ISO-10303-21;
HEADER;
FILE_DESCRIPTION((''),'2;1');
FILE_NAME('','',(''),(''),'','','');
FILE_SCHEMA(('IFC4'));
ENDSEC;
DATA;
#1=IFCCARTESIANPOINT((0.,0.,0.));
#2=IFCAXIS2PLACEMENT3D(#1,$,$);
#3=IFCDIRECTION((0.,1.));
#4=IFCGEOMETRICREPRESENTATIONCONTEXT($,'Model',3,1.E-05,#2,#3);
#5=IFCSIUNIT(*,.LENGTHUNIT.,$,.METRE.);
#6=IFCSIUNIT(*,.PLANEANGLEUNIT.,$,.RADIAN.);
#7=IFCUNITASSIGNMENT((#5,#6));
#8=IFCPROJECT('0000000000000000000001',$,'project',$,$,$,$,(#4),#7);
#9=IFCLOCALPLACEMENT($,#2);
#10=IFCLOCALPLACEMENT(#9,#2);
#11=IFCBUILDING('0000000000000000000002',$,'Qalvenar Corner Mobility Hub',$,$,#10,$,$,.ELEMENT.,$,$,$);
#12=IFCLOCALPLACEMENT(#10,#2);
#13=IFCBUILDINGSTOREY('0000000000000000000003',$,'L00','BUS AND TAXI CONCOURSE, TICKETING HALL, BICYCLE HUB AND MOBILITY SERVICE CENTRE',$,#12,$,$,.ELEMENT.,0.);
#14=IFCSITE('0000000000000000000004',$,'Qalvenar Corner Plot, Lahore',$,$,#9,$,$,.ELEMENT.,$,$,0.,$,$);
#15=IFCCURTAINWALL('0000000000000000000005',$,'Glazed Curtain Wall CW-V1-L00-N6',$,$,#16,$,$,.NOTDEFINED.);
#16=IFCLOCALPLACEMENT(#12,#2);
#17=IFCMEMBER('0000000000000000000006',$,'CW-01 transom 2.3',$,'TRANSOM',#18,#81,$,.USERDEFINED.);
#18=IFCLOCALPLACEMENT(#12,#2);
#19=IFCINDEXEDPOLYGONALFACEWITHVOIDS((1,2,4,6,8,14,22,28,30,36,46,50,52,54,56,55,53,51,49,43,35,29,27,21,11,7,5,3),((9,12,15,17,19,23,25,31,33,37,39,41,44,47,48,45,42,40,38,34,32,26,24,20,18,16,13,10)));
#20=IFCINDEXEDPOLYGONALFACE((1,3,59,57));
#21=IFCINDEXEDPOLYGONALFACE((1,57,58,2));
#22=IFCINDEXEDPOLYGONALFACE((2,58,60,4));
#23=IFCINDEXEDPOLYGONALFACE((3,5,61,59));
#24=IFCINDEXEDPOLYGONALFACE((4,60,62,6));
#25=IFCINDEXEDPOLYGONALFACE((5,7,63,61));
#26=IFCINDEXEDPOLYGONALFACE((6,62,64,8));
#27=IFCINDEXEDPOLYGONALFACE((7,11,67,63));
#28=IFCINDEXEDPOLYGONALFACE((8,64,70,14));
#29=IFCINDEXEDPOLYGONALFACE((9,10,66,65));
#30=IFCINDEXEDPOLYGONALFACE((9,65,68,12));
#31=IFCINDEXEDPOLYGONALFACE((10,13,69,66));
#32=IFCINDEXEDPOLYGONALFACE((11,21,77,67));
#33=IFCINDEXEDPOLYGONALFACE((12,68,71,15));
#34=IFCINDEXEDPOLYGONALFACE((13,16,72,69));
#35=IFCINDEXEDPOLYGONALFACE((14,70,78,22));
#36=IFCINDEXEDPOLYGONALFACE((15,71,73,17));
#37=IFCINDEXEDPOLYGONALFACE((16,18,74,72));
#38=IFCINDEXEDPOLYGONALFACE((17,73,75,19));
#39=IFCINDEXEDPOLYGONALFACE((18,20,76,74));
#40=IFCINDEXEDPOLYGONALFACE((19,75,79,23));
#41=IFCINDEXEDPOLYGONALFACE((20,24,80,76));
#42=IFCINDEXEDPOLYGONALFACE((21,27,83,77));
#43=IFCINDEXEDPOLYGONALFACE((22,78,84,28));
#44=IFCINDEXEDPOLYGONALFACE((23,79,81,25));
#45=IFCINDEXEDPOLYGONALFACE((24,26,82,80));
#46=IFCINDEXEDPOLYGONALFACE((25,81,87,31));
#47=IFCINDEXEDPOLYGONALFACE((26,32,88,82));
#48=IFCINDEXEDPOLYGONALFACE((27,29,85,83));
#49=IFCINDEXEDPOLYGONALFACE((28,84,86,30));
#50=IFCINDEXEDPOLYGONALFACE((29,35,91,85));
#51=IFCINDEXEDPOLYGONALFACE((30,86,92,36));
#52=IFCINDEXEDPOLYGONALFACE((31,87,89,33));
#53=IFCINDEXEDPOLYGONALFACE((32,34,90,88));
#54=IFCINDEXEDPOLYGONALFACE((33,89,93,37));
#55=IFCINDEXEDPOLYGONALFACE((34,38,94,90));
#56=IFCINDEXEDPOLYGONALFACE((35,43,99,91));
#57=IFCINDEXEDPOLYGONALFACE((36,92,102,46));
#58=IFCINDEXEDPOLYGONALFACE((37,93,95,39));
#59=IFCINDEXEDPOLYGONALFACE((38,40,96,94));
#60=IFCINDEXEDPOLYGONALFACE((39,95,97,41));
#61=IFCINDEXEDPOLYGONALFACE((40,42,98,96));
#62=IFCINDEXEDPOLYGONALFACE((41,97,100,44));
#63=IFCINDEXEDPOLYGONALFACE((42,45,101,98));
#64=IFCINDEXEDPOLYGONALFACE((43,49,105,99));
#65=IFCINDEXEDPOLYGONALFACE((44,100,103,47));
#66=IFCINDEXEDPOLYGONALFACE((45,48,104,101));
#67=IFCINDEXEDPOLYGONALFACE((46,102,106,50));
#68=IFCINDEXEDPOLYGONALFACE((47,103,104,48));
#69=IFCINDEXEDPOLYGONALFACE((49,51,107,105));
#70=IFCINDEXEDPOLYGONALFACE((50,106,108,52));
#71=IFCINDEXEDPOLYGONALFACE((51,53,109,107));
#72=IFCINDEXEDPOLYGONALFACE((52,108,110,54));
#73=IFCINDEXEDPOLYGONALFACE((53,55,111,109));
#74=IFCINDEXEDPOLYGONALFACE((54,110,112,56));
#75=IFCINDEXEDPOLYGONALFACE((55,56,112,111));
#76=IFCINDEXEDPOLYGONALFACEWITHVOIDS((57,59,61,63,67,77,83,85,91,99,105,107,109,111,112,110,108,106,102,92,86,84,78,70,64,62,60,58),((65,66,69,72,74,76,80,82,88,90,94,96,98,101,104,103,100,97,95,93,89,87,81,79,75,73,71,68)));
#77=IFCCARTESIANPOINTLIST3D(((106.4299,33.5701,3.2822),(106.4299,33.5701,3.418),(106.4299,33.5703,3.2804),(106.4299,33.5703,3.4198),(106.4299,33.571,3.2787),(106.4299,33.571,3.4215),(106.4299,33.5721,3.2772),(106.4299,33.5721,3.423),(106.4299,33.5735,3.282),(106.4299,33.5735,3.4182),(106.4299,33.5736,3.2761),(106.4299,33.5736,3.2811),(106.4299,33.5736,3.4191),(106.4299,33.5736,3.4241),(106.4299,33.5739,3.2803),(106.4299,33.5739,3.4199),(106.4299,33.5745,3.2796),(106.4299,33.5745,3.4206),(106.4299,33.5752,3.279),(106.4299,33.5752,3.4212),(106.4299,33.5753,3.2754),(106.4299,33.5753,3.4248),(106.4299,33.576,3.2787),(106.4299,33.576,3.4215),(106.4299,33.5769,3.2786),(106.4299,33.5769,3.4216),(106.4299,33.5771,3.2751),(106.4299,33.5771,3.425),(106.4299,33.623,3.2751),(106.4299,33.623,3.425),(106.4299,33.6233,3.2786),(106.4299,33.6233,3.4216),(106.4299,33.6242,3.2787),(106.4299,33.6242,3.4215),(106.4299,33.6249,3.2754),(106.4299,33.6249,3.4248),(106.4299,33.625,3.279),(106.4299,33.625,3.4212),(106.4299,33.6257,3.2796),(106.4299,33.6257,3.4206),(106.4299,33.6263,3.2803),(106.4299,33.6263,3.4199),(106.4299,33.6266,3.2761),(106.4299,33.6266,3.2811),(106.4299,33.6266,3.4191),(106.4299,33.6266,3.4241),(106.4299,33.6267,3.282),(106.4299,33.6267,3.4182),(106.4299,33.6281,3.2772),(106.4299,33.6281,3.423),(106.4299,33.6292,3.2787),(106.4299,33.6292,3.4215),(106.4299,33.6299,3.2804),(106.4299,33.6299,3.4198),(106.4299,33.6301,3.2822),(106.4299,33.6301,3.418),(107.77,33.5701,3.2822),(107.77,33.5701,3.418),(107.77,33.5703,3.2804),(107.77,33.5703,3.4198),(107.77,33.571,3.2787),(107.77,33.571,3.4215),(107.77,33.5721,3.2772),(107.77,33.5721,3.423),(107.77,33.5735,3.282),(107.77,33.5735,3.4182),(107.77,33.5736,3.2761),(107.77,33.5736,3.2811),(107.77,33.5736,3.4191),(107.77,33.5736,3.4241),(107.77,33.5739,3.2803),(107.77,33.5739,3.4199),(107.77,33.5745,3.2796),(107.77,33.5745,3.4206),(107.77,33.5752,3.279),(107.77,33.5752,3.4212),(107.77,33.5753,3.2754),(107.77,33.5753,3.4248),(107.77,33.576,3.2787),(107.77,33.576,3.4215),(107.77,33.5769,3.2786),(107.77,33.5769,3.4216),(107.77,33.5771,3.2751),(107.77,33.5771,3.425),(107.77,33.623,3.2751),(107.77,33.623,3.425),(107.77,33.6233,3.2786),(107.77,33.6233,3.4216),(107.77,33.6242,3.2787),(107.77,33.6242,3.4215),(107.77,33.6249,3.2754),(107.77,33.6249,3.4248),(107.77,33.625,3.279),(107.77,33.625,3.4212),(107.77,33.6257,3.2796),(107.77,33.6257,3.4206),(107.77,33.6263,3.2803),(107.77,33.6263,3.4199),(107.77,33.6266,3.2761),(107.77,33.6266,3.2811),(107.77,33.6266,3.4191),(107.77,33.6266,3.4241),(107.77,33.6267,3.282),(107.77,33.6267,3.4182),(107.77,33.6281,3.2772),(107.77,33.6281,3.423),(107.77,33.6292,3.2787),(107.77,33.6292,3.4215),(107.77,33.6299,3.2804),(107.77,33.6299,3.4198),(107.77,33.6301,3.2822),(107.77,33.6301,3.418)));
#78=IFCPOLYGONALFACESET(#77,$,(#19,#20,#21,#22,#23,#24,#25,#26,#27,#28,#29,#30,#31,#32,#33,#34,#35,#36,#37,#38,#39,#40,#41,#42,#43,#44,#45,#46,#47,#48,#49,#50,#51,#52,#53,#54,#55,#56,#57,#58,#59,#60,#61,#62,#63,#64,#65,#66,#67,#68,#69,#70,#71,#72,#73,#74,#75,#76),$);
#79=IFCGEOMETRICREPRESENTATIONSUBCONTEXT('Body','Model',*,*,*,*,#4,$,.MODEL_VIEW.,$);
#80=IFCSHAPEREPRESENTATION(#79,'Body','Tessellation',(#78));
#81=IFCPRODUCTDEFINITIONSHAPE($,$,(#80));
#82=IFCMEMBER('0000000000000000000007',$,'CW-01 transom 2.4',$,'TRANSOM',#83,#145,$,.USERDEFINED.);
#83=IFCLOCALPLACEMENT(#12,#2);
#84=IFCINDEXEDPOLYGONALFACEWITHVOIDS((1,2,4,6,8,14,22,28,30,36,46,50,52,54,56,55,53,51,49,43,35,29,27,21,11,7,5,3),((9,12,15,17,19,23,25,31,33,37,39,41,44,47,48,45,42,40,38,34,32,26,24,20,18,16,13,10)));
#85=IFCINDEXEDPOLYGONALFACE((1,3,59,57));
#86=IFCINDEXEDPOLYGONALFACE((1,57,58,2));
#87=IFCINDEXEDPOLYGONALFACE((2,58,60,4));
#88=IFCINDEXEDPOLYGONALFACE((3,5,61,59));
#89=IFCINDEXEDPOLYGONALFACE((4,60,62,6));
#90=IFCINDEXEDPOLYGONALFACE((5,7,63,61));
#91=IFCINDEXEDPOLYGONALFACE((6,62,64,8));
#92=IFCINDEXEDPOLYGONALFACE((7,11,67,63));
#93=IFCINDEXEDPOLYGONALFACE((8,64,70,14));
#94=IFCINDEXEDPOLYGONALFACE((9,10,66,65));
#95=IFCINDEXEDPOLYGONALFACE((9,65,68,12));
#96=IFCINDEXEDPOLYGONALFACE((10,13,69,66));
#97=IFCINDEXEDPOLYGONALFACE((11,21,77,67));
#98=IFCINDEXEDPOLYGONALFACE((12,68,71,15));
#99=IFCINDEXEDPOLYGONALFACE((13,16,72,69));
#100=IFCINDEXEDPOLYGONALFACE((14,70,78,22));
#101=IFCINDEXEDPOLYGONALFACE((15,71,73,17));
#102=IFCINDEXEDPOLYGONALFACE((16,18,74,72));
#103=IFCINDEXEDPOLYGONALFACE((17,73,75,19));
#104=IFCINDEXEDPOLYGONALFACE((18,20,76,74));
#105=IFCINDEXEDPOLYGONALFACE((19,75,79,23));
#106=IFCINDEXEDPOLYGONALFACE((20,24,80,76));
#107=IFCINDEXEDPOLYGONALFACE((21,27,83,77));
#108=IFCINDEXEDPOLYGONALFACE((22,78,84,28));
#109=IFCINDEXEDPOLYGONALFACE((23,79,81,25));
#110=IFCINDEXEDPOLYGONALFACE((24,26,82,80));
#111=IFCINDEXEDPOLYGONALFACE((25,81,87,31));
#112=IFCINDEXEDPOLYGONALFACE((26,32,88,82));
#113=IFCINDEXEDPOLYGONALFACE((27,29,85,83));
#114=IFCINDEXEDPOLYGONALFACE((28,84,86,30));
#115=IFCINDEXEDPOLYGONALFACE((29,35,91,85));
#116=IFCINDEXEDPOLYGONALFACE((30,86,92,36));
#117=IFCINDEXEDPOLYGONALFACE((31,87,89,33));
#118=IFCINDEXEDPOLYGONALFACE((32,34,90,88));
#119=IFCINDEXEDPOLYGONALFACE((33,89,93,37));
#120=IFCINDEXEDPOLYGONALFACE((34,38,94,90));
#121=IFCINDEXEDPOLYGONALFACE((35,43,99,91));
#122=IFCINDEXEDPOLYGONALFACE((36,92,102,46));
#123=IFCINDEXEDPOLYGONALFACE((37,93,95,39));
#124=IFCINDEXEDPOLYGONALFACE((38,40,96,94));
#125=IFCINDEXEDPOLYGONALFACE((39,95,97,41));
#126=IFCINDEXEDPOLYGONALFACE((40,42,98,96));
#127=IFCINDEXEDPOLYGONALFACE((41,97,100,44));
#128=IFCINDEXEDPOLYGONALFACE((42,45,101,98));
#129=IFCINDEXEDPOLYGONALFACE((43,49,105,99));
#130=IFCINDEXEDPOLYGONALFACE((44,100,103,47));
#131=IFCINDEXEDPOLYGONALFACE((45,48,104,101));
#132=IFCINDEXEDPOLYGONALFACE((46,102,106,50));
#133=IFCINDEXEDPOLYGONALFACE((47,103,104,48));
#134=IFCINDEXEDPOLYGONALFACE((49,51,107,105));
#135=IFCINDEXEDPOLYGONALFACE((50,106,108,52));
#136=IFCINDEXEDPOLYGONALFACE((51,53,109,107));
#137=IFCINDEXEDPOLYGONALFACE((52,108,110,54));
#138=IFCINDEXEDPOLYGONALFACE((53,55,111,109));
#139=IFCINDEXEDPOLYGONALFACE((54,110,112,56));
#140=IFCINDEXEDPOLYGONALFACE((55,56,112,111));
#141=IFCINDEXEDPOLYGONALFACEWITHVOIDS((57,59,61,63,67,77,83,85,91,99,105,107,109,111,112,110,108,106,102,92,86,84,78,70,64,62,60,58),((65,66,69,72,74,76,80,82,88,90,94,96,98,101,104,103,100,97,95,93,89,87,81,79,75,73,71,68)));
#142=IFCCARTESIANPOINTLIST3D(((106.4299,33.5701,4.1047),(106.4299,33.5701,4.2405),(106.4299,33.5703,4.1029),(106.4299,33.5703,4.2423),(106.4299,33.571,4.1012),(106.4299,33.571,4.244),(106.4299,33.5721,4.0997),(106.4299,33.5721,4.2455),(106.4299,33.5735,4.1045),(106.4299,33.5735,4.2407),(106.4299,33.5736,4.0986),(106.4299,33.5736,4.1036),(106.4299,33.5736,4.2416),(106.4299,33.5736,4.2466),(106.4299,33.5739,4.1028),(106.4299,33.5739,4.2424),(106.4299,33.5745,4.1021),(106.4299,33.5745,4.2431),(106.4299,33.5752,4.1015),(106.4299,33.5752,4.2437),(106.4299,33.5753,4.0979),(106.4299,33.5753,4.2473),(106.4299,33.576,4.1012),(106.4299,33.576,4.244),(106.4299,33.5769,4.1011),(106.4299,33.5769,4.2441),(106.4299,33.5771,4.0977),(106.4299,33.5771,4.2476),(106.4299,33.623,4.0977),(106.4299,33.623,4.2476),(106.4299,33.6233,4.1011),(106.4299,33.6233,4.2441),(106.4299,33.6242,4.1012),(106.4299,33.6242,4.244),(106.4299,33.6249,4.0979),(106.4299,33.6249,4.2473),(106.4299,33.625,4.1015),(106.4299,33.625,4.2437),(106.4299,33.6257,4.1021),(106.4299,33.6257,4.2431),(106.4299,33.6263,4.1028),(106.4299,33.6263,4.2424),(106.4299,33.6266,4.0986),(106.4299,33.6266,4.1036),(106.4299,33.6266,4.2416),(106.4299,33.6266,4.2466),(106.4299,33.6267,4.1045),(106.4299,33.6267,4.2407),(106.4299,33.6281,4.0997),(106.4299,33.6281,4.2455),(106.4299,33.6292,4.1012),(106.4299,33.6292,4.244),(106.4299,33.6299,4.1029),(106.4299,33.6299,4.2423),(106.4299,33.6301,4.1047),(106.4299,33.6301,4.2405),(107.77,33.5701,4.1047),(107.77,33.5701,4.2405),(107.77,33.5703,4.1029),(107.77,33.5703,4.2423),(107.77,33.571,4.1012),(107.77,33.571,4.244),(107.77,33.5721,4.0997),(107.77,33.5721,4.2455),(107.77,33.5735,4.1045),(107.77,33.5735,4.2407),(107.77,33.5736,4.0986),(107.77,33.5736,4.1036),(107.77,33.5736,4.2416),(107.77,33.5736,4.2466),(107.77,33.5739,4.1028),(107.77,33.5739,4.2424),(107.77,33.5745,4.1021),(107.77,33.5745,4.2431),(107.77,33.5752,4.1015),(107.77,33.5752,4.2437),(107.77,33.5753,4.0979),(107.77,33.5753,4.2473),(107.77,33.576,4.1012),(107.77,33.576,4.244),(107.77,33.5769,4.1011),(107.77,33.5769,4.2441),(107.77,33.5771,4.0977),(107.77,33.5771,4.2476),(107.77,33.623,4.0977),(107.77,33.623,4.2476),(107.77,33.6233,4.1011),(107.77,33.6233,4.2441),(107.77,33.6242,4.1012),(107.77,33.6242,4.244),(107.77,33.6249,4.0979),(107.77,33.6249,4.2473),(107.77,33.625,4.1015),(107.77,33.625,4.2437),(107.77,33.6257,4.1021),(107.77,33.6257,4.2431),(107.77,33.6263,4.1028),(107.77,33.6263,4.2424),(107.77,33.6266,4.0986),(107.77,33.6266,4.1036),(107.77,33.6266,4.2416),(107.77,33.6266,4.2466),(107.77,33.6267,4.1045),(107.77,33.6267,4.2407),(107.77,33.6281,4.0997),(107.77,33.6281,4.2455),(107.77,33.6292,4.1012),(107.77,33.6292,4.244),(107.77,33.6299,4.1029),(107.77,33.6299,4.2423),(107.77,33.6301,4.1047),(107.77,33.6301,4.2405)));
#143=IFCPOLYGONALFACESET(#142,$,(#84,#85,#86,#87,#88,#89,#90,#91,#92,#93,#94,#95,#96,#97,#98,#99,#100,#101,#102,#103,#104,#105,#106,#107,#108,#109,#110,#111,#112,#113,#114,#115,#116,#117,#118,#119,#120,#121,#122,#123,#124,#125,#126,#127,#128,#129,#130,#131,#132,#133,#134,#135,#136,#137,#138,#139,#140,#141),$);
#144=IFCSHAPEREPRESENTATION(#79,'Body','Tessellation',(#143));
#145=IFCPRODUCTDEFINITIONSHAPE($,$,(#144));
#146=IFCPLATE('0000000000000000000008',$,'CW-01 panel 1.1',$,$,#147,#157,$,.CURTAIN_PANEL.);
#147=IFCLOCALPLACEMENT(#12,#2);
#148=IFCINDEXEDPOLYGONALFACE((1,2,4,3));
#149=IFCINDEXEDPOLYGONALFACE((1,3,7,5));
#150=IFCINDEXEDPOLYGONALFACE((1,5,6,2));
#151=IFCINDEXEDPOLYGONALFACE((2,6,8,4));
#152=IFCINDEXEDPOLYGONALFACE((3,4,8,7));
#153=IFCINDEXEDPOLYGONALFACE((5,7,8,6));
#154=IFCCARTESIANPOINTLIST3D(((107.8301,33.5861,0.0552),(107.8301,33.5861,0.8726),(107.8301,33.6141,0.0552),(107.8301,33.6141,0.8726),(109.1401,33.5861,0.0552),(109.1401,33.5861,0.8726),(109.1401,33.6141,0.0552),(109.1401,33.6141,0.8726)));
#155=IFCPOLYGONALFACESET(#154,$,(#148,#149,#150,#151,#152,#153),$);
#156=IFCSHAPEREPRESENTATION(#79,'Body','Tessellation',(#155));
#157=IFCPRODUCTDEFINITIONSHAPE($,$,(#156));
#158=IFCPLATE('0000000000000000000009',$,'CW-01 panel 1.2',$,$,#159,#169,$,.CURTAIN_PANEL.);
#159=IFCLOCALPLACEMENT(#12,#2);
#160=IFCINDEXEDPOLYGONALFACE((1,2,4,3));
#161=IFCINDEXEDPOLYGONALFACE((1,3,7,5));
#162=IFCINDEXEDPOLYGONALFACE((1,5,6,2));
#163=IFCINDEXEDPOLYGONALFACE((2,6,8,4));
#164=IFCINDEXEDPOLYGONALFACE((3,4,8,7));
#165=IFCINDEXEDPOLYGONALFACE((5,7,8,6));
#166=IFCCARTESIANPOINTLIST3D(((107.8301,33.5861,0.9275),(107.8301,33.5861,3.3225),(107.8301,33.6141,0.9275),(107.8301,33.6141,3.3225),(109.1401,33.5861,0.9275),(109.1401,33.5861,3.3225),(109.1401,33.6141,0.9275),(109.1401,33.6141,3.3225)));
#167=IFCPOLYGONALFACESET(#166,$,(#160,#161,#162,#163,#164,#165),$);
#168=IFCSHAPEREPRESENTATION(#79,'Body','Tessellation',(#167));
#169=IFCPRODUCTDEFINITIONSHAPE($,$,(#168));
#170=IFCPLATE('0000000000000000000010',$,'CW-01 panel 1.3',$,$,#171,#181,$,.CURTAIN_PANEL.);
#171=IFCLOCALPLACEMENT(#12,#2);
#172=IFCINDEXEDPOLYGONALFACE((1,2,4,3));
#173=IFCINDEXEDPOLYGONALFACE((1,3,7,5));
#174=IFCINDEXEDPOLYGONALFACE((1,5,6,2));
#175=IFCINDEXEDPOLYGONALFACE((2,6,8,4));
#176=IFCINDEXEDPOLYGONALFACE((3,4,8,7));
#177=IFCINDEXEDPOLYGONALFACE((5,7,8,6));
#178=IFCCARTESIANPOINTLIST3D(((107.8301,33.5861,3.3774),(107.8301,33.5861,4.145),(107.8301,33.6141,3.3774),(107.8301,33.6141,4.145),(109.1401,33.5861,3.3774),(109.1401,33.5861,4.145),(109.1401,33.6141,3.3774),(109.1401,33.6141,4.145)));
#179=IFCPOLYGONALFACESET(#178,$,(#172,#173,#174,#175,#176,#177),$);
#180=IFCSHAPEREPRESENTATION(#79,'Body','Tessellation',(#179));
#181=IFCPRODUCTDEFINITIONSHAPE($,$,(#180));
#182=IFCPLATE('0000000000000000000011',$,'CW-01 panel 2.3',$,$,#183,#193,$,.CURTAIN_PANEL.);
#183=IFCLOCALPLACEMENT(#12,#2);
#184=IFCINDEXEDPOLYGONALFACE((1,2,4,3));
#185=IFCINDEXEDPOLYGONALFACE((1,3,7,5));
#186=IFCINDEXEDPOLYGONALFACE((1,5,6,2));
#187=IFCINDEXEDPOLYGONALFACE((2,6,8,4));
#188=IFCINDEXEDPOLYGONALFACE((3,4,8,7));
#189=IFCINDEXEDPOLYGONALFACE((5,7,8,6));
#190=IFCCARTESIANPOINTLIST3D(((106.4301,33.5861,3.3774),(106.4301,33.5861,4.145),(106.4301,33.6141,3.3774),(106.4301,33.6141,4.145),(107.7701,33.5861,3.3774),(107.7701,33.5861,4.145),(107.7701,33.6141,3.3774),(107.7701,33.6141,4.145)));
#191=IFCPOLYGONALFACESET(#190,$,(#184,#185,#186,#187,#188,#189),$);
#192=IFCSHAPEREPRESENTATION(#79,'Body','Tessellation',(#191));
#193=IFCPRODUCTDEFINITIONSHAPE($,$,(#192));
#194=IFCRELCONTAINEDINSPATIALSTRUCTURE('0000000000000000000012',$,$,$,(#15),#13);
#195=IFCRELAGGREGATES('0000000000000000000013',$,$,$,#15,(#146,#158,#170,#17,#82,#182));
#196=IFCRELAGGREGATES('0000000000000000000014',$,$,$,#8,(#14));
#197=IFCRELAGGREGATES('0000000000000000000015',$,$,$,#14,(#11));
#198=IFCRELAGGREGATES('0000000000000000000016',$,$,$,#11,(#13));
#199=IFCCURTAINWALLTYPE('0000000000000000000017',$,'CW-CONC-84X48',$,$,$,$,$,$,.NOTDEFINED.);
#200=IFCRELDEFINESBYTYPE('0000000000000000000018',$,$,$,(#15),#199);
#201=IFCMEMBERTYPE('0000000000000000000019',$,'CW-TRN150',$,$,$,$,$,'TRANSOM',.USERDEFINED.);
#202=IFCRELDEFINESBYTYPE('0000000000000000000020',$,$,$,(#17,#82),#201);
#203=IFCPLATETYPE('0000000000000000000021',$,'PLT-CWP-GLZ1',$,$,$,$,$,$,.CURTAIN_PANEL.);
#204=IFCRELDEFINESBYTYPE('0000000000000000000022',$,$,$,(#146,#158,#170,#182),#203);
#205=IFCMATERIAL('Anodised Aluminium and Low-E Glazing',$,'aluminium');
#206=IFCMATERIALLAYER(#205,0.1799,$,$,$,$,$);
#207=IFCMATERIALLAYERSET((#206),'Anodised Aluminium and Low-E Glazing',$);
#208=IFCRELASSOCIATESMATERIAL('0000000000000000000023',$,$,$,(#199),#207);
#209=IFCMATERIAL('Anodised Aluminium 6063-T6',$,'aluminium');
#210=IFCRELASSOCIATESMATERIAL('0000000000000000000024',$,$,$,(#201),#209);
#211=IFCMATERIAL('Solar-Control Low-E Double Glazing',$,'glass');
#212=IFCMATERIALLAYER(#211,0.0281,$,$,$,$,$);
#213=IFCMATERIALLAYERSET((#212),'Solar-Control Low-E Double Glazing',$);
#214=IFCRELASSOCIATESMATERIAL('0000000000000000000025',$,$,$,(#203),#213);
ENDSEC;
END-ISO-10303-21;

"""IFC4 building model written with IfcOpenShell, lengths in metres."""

from ifc_helpers import new_model, si_unit, direction, frame, origin, origin_2d, place, context, subcontext, project, spatial, rectangle, hollow_rectangle, extrude, material, layer, layer_set, material_profile, profile_set, type_object, element, aggregate, save


model = new_model("IFC4")

# Units and contexts
model_context = context("Model", 3, precision=1e-05, world=origin(), true_north=direction((0.0, 1.0)))
body_context = subcontext(model_context, "Body", "Model", "MODEL_VIEW")
ifc_project = project(units=[si_unit("LENGTHUNIT", "METRE"), si_unit("PLANEANGLEUNIT", "RADIAN")], contexts=[model_context])

# Site, building, storey
site_placement = place(None, origin())
site = spatial("IfcSite", under=ifc_project, at=site_placement, Name="Qalvenar Corner Plot, Lahore", CompositionType="ELEMENT", RefElevation=0.0)
building_placement = place(site_placement, origin())
building = spatial("IfcBuilding", under=site, at=building_placement, Name="Qalvenar Corner Mobility Hub", CompositionType="ELEMENT")
storey_placement = place(building_placement, origin())
storey = spatial("IfcBuildingStorey", under=building, at=storey_placement, Name="L00", Description="BUS AND TAXI CONCOURSE, TICKETING HALL, BICYCLE HUB AND MOBILITY SERVICE CENTRE", CompositionType="ELEMENT", Elevation=0.0)

# Curtain wall, members, plates
ifc_material_1 = material(Name="Anodised Aluminium and Low-E Glazing", Category="aluminium")
ifc_layer_1 = layer(ifc_material_1, 0.1799)
ifc_layer_set_1 = layer_set([ifc_layer_1], Name="Anodised Aluminium and Low-E Glazing")
curtain_wall_type = type_object("IfcCurtainWallType", Name="CW-CONC-84X48", PredefinedType="NOTDEFINED", material=ifc_layer_set_1)
curtain_wall_placement = place(storey_placement, origin())
curtain_wall = element("IfcCurtainWall", 1, at=curtain_wall_placement, inside=storey, type_object=curtain_wall_type, Name="Glazed Curtain Wall CW-V1-L00-N6", PredefinedType="NOTDEFINED")
ifc_material_2 = material(Name="Anodised Aluminium 6063-T6", Category="aluminium")
ifc_material_profile_1 = material_profile(ifc_material_2, hollow_rectangle(XDim=0.0601, YDim=0.1499, WallThickness=0.0034, InnerFilletRadius=0.0034, OuterFilletRadius=0.0071, at=origin_2d()), Name="RHS150x60x3.5")
ifc_profile_set_1 = profile_set([ifc_material_profile_1], Name="Anodised Aluminium 6063-T6")
member_type_1 = type_object("IfcMemberType", Name="CW-TRN150", ElementType="TRANSOM", PredefinedType="USERDEFINED", material=ifc_profile_set_1)
member_1_placement = place(storey_placement, frame((107.77, 33.6001, 3.3501), z_axis=(-1.0, 0.0, 0.0), x_axis=(0.0, -1.0, 0.0)))
member_1 = element("IfcMember", 2, at=member_1_placement, type_object=member_type_1, Name="CW-01 transom 2.3", ObjectType="TRANSOM", PredefinedType="USERDEFINED", context=body_context, shape_type="SweptSolid", body=[
    extrude(hollow_rectangle(XDim=0.0601, YDim=0.1499, WallThickness=0.0034, InnerFilletRadius=0.0034, OuterFilletRadius=0.0071, at=origin_2d()), origin(), (0.0, 0.0, 1.0), 1.3401),
])
member_2_placement = place(storey_placement, frame((107.77, 33.6001, 4.1726), z_axis=(-1.0, 0.0, 0.0), x_axis=(0.0, -1.0, 0.0)))
member_2 = element("IfcMember", 3, at=member_2_placement, type_object=member_type_1, Name="CW-01 transom 2.4", ObjectType="TRANSOM", PredefinedType="USERDEFINED", context=body_context, shape_type="SweptSolid", body=[
    extrude(hollow_rectangle(XDim=0.0601, YDim=0.1499, WallThickness=0.0034, InnerFilletRadius=0.0034, OuterFilletRadius=0.0071, at=origin_2d()), origin(), (0.0, 0.0, 1.0), 1.3401),
])
ifc_material_3 = material(Name="Solar-Control Low-E Double Glazing", Category="glass")
ifc_layer_2 = layer(ifc_material_3, 0.0281)
ifc_layer_set_2 = layer_set([ifc_layer_2], Name="Solar-Control Low-E Double Glazing")
plate_type = type_object("IfcPlateType", Name="PLT-CWP-GLZ1", PredefinedType="CURTAIN_PANEL", material=ifc_layer_set_2)
plate_1_placement = place(storey_placement, frame((108.4851, 33.6001, 0.0552), z_axis=(0.0, 0.0, 1.0), x_axis=(-1.0, 0.0, 0.0)))
plate_1 = element("IfcPlate", 4, at=plate_1_placement, type_object=plate_type, Name="CW-01 panel 1.1", PredefinedType="CURTAIN_PANEL", context=body_context, shape_type="SweptSolid", body=[
    extrude(rectangle(XDim=1.3101, YDim=0.0281, at=origin_2d()), origin(), (0.0, 0.0, 1.0), 0.8174),
])
plate_2_placement = place(storey_placement, frame((108.4851, 33.6001, 0.9275), z_axis=(0.0, 0.0, 1.0), x_axis=(-1.0, 0.0, 0.0)))
plate_2 = element("IfcPlate", 5, at=plate_2_placement, type_object=plate_type, Name="CW-01 panel 1.2", PredefinedType="CURTAIN_PANEL", context=body_context, shape_type="SweptSolid", body=[
    extrude(rectangle(XDim=1.3101, YDim=0.0281, at=origin_2d()), origin(), (0.0, 0.0, 1.0), 2.395),
])
plate_3_placement = place(storey_placement, frame((108.4851, 33.6001, 3.3774), z_axis=(0.0, 0.0, 1.0), x_axis=(-1.0, 0.0, 0.0)))
plate_3 = element("IfcPlate", 6, at=plate_3_placement, type_object=plate_type, Name="CW-01 panel 1.3", PredefinedType="CURTAIN_PANEL", context=body_context, shape_type="SweptSolid", body=[
    extrude(rectangle(XDim=1.3101, YDim=0.0281, at=origin_2d()), origin(), (0.0, 0.0, 1.0), 0.7676),
])
plate_4_placement = place(storey_placement, frame((107.1001, 33.6001, 3.3774), z_axis=(0.0, 0.0, 1.0), x_axis=(-1.0, 0.0, 0.0)))
plate_4 = element("IfcPlate", 7, at=plate_4_placement, type_object=plate_type, Name="CW-01 panel 2.3", PredefinedType="CURTAIN_PANEL", context=body_context, shape_type="SweptSolid", body=[
    extrude(rectangle(XDim=1.3401, YDim=0.0281, at=origin_2d()), origin(), (0.0, 0.0, 1.0), 0.7676),
])
aggregate(curtain_wall, [plate_1, plate_2, plate_3, member_1, member_2, plate_4])

save(model, "model.ifc")
